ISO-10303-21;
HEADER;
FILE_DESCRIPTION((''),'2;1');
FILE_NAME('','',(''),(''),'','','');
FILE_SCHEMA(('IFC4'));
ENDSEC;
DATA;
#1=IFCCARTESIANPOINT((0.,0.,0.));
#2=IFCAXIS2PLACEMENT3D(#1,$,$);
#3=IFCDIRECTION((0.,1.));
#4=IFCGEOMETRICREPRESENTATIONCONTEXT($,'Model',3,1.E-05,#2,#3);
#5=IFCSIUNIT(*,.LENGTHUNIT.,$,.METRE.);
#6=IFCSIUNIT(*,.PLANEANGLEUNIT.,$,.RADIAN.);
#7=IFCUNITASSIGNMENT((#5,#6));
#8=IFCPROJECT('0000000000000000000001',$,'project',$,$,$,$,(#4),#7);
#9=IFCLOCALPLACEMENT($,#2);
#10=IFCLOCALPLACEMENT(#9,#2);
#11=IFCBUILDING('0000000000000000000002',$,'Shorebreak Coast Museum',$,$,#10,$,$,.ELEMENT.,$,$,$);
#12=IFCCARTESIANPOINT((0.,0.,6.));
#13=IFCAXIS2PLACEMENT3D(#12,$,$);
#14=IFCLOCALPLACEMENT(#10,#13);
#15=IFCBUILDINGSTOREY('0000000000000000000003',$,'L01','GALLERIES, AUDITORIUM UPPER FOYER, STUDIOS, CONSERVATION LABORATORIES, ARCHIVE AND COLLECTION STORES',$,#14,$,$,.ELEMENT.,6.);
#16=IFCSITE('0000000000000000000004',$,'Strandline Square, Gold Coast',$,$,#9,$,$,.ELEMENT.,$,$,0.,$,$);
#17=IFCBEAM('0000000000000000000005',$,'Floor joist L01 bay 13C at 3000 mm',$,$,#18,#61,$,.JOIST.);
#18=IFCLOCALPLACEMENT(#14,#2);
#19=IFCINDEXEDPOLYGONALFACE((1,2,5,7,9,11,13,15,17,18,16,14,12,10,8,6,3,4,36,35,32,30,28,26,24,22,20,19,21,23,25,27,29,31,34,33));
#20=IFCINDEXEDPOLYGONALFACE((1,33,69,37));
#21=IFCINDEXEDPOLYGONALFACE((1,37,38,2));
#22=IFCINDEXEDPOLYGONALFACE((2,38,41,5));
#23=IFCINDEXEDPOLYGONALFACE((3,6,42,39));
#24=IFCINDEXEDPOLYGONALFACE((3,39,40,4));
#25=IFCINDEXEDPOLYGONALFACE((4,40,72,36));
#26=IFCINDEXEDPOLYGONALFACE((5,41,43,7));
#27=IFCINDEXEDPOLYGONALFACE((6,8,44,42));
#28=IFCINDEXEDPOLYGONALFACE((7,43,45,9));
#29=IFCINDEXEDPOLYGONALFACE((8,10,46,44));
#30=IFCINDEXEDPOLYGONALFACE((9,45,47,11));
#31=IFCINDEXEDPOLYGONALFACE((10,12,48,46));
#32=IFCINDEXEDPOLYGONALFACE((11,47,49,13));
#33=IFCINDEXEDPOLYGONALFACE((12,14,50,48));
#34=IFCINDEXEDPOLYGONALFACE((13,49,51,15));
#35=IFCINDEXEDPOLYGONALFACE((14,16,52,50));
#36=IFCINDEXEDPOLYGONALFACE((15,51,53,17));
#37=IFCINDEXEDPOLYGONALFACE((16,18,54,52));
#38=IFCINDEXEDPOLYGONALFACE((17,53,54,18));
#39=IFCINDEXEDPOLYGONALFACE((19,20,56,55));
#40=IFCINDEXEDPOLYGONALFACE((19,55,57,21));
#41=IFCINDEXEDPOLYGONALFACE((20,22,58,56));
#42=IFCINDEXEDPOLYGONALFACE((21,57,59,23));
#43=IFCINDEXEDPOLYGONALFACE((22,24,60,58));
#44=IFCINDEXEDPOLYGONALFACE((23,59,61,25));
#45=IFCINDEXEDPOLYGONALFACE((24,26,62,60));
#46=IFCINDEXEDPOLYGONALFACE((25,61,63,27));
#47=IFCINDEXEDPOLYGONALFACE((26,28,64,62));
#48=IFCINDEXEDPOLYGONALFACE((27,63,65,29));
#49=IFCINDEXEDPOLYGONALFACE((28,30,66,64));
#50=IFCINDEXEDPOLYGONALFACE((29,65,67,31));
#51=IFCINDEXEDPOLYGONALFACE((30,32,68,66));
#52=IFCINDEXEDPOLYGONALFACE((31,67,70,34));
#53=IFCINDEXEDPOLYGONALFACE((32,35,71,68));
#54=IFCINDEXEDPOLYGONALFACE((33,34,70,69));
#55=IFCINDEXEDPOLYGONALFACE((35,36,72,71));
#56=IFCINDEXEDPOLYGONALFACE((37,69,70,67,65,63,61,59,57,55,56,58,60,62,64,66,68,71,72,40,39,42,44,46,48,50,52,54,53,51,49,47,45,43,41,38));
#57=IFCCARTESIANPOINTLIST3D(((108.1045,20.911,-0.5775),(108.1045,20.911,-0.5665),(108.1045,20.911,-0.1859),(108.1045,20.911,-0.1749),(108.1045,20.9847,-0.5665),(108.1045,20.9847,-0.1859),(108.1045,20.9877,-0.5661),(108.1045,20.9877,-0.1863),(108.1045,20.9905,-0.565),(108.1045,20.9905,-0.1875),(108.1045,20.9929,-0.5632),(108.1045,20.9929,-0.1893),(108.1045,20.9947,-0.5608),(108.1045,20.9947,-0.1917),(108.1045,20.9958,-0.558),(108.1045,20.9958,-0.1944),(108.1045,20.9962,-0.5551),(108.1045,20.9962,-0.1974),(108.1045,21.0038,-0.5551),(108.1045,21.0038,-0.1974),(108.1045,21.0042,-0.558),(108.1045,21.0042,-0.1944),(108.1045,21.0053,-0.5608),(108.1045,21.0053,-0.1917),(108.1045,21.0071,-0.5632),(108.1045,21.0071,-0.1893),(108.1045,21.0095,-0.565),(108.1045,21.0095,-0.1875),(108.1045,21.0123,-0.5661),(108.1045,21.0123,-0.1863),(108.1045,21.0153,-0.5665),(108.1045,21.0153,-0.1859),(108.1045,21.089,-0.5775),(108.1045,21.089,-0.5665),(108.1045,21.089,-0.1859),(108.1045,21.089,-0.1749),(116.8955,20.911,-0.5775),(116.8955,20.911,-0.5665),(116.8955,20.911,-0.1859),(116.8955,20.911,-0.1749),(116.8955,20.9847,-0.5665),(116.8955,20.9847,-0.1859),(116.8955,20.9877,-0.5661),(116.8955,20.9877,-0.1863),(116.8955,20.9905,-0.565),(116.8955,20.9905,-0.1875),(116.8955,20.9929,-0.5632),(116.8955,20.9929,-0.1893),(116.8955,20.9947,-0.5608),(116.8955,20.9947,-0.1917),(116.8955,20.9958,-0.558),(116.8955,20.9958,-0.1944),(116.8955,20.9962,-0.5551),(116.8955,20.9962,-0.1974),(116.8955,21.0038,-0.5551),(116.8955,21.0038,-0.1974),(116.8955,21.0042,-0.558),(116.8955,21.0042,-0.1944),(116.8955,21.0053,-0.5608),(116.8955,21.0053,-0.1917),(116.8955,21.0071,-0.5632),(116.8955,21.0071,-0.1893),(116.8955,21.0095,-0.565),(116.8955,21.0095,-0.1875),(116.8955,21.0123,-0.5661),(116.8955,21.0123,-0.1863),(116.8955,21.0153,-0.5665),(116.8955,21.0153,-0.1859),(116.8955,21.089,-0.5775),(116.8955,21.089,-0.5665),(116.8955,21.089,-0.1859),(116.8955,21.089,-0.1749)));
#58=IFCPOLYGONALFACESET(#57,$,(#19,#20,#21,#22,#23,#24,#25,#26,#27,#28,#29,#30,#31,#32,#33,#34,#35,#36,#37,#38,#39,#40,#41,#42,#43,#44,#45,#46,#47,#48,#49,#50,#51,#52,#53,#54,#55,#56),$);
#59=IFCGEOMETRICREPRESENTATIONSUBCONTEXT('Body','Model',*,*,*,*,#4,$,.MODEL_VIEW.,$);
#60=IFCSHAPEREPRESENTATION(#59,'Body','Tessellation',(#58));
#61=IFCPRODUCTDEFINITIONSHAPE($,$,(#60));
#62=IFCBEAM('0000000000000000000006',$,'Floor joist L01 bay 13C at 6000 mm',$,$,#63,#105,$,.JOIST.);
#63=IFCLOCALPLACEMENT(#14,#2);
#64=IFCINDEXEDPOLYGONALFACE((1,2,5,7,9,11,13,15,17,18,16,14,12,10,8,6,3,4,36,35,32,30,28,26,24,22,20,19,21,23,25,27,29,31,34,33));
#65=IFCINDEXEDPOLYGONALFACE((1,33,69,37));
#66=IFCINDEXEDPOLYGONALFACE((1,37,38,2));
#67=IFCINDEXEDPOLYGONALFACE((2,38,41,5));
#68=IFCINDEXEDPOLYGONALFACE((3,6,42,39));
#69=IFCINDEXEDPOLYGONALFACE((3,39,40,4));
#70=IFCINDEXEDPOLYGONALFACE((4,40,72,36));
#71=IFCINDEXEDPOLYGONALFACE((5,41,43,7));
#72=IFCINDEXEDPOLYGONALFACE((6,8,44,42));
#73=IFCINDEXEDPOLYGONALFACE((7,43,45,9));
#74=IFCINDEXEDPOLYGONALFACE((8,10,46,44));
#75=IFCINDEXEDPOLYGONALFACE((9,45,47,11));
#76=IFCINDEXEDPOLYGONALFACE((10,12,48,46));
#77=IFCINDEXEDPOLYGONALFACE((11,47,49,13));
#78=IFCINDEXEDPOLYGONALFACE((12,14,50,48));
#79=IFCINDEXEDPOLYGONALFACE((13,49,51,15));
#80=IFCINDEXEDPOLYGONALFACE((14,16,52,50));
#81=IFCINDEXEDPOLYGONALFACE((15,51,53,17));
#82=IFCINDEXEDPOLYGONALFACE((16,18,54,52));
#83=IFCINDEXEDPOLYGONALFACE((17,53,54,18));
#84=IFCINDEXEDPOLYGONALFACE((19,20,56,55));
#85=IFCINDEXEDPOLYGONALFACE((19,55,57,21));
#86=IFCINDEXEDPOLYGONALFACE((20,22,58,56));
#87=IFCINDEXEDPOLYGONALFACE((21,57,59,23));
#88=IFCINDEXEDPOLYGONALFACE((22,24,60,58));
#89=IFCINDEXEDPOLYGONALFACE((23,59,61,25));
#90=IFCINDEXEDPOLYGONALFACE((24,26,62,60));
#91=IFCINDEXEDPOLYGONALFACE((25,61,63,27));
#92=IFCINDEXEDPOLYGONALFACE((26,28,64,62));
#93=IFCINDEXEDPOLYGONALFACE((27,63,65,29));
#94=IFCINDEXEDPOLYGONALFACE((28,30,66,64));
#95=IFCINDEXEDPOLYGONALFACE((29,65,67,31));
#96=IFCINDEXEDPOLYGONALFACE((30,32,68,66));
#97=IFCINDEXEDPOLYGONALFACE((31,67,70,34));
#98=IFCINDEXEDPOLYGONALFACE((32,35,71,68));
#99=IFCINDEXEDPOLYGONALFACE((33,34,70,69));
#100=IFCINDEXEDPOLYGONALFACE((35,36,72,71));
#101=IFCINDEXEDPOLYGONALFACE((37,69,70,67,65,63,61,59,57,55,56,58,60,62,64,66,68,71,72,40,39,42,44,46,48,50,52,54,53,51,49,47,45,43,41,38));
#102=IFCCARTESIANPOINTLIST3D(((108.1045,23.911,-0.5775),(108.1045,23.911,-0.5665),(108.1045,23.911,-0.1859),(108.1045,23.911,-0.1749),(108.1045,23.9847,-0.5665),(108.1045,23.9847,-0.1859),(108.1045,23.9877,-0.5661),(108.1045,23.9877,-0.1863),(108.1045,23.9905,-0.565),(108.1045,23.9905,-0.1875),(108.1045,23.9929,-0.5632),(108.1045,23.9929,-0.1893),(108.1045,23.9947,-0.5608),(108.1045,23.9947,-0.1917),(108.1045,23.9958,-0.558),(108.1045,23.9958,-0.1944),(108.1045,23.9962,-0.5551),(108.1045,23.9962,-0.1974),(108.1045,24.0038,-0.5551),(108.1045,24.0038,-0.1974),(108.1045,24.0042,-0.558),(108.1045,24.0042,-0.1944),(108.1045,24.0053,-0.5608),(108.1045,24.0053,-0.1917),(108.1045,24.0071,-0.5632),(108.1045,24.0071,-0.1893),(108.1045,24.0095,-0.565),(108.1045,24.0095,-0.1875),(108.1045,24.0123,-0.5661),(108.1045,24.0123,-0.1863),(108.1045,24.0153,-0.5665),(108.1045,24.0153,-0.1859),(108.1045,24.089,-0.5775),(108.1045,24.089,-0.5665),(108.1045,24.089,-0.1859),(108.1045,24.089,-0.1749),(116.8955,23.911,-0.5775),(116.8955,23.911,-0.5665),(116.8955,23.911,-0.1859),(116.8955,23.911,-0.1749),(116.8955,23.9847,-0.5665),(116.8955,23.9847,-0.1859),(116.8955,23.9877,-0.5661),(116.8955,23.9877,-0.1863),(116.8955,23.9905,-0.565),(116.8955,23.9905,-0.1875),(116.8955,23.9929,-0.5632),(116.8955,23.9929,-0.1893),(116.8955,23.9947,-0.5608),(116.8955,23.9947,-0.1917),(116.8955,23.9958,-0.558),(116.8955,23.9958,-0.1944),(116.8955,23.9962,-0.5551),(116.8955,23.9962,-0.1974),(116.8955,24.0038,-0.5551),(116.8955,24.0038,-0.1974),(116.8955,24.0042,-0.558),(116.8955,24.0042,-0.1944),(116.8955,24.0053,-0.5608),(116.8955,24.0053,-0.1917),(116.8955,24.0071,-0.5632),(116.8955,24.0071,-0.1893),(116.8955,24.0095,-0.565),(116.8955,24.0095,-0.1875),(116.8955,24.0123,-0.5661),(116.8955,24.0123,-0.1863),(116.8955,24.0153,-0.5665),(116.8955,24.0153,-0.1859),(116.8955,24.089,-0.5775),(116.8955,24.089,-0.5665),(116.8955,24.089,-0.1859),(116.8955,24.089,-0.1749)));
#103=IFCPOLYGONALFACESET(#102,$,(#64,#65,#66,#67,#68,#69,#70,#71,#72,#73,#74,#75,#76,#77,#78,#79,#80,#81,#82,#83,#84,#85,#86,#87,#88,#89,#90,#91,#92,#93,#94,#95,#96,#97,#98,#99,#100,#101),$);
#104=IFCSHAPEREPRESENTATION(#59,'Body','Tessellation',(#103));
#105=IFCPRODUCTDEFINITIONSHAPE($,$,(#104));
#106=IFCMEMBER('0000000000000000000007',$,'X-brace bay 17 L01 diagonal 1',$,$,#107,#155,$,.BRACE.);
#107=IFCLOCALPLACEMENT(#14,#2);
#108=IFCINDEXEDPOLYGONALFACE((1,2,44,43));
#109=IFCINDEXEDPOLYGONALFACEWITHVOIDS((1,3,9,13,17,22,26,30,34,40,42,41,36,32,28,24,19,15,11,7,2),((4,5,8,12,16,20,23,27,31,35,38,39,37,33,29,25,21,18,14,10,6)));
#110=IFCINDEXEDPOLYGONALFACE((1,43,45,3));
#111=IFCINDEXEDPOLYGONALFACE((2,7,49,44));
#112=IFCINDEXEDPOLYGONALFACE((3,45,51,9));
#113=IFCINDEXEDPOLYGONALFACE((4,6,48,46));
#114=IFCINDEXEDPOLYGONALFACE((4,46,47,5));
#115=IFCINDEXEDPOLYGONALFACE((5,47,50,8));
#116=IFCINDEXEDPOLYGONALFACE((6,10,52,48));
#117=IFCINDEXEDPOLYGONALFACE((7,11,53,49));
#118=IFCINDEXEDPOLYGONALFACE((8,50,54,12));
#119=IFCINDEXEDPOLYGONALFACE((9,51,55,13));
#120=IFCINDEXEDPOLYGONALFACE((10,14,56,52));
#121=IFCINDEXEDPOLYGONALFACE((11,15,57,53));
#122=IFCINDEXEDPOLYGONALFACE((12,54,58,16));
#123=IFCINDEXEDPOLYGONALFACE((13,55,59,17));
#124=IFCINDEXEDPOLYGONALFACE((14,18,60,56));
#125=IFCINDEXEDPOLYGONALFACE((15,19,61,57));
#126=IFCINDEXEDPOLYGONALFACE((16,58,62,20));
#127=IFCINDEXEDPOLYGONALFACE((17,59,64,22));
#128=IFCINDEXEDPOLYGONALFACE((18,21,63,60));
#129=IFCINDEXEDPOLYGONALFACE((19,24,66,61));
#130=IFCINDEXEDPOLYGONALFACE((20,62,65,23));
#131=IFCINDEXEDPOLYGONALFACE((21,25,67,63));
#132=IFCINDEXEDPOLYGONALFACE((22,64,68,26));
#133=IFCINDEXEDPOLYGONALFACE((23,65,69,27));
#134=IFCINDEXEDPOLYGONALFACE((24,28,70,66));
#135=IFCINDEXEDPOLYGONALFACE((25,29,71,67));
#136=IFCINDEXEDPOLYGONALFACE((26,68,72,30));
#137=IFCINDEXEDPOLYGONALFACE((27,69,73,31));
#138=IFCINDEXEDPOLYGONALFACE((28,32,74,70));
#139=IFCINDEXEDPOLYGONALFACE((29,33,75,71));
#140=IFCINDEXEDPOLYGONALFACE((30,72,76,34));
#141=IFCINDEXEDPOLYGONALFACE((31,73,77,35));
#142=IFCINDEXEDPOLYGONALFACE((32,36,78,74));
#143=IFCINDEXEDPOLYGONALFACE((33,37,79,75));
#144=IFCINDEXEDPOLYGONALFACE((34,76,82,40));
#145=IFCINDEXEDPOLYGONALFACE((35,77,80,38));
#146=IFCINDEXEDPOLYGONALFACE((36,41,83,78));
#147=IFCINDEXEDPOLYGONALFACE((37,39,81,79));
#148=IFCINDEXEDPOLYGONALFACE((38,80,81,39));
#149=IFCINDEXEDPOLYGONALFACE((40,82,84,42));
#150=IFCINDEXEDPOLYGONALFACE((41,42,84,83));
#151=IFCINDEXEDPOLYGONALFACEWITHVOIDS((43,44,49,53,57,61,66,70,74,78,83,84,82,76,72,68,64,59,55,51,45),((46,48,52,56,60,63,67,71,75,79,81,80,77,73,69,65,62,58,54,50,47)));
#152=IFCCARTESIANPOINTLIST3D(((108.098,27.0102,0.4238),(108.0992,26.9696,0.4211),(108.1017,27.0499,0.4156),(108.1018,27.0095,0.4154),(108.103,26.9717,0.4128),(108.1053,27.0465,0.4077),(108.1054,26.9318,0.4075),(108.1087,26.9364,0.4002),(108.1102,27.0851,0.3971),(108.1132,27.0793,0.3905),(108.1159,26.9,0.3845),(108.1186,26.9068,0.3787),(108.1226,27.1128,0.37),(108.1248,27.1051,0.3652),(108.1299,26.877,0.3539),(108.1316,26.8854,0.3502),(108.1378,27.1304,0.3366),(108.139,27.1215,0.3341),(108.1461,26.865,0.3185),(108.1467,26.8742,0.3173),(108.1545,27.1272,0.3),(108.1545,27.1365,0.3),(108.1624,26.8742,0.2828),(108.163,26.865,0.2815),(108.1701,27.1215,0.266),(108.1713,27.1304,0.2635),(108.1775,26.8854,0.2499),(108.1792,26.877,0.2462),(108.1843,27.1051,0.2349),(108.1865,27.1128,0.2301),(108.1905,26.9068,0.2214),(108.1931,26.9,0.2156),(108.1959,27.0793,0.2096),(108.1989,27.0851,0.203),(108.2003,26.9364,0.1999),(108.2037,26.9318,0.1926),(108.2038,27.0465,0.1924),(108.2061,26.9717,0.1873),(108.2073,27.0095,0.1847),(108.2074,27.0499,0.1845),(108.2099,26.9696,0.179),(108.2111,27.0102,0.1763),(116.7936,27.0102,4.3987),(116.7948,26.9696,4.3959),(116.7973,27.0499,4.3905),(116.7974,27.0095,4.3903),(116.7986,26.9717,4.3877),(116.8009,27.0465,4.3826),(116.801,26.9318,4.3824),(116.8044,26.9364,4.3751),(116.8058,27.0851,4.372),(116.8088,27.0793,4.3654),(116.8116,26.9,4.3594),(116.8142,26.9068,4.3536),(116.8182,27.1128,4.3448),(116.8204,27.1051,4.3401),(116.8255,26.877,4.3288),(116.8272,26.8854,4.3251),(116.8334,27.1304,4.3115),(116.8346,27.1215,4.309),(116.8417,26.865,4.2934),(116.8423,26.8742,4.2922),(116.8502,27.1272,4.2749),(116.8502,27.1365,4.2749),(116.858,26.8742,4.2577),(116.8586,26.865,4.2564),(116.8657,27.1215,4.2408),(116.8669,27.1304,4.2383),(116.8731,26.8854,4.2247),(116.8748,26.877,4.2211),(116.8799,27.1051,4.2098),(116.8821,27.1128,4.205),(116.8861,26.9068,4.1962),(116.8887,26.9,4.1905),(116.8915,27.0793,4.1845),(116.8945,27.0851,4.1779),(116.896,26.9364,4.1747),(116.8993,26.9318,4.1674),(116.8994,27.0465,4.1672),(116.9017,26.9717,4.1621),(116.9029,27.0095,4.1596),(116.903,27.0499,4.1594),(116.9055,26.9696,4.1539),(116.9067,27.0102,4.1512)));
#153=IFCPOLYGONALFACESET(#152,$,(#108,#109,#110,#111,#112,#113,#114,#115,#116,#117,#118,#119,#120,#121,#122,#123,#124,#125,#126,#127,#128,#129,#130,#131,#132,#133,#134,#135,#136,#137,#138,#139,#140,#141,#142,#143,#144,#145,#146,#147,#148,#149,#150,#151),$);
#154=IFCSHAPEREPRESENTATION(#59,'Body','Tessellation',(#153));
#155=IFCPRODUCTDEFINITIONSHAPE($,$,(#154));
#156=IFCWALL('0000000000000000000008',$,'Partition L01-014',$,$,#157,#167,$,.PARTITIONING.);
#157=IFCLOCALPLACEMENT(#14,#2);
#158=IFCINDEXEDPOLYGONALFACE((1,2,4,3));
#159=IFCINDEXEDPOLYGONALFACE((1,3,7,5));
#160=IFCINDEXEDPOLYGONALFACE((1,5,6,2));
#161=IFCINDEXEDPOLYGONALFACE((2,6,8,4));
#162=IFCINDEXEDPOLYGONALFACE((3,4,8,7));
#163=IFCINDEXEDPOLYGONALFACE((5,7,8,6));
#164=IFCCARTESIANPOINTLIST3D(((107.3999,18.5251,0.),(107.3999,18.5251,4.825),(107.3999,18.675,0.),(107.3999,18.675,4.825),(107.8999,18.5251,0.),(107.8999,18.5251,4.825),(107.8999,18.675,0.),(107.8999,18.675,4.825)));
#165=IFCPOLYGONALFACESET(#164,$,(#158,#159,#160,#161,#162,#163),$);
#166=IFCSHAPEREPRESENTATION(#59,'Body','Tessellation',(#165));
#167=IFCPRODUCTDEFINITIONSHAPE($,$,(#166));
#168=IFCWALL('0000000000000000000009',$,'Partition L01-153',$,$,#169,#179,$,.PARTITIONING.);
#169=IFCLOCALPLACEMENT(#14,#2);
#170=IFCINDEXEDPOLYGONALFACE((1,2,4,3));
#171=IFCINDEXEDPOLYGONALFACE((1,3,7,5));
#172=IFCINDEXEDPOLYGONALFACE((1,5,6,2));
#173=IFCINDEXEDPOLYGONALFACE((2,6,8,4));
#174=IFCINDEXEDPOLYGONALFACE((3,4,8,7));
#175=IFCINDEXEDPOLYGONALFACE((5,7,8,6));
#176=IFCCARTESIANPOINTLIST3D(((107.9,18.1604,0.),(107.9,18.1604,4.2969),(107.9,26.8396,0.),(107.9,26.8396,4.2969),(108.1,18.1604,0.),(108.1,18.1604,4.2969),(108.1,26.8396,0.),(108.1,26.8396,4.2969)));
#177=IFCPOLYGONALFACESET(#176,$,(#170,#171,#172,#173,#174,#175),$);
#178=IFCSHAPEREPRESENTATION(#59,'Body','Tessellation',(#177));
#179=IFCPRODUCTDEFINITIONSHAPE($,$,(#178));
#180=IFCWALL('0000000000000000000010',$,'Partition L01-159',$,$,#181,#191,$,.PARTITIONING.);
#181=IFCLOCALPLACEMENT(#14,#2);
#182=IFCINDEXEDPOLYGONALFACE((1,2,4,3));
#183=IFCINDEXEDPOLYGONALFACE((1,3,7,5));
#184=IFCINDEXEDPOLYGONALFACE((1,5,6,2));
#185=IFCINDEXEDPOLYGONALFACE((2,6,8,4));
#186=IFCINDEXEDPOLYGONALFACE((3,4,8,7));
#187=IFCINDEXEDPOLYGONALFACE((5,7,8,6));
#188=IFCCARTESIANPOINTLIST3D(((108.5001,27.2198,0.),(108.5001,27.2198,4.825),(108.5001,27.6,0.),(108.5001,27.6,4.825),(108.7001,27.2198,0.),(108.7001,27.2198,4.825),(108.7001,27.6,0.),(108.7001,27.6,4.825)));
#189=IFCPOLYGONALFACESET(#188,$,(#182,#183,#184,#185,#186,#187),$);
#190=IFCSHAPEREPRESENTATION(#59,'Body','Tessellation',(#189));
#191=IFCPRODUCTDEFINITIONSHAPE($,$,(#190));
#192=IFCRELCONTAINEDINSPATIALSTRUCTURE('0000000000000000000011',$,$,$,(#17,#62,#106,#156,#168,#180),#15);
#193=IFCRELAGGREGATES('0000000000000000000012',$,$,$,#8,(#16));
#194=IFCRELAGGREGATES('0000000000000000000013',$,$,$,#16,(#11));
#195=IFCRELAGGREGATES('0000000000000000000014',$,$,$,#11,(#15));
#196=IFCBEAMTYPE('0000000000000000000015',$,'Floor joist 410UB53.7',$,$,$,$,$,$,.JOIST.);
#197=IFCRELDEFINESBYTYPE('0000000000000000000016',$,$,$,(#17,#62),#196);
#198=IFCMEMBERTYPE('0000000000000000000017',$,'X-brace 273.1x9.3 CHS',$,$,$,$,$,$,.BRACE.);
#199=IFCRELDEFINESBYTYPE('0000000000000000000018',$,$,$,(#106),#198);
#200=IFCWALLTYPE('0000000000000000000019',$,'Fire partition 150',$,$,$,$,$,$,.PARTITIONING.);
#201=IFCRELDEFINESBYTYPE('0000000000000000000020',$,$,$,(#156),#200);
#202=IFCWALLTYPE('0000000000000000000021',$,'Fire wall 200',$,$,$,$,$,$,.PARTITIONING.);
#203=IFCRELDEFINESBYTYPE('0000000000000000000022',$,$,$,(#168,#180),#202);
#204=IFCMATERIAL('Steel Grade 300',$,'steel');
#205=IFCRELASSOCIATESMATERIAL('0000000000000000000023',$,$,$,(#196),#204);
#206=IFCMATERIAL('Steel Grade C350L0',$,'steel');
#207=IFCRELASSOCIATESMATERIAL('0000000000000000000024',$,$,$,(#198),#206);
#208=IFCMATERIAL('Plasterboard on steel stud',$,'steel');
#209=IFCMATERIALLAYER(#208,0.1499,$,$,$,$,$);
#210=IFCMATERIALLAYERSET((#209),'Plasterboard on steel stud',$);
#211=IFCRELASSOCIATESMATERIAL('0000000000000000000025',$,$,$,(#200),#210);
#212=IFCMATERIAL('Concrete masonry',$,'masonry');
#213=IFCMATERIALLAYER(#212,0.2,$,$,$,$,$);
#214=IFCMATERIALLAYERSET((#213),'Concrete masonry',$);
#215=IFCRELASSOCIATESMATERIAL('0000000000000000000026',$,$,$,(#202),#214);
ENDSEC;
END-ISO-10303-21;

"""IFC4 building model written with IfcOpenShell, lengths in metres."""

from ifc_helpers import new_model, si_unit, direction, frame, frame_2d, origin, origin_2d, place, context, subcontext, project, spatial, rectangle, hollow_circle, i_section, extrude, material, layer, layer_set, material_profile, profile_set, type_object, element, save


model = new_model("IFC4")

# Units and contexts
model_context = context("Model", 3, precision=1e-05, world=origin(), true_north=direction((0.0, 1.0)))
body_context = subcontext(model_context, "Body", "Model", "MODEL_VIEW")
ifc_project = project(units=[si_unit("LENGTHUNIT", "METRE"), si_unit("PLANEANGLEUNIT", "RADIAN")], contexts=[model_context])

# Site, building, storey
site_placement = place(None, origin())
site = spatial("IfcSite", under=ifc_project, at=site_placement, Name="Strandline Square, Gold Coast", CompositionType="ELEMENT", RefElevation=0.0)
building_placement = place(site_placement, origin())
building = spatial("IfcBuilding", under=site, at=building_placement, Name="Shorebreak Coast Museum", CompositionType="ELEMENT")
storey_placement = place(building_placement, frame((0.0, 0.0, 6.0)))
storey = spatial("IfcBuildingStorey", under=building, at=storey_placement, Name="L01", Description="GALLERIES, AUDITORIUM UPPER FOYER, STUDIOS, CONSERVATION LABORATORIES, ARCHIVE AND COLLECTION STORES", CompositionType="ELEMENT", Elevation=6.0)

# Beams
ifc_material_1 = material(Name="Steel Grade 300", Category="steel")
ifc_material_profile_1 = material_profile(ifc_material_1, i_section(OverallWidth=0.178, OverallDepth=0.4026, WebThickness=0.0076, FlangeThickness=0.011, FilletRadius=0.0115, at=origin_2d()), Name="410UB53.7")
ifc_profile_set_1 = profile_set([ifc_material_profile_1], Name="Steel Grade 300")
beam_type_1 = type_object("IfcBeamType", Name="Floor joist 410UB53.7", PredefinedType="JOIST", material=ifc_profile_set_1)
for number, where, z_axis, x_axis, name in (
    (1, (108.1045, 21.0, -0.3762), (1.0, 0.0, 0.0), (0.0, 1.0, 0.0), "Floor joist L01 bay 13C at 3000 mm"),
    (2, (108.1045, 24.0, -0.3762), (1.0, 0.0, 0.0), (0.0, 1.0, 0.0), "Floor joist L01 bay 13C at 6000 mm"),
):
    element("IfcBeam", number, at=place(storey_placement, frame(where, z_axis=z_axis, x_axis=x_axis)), inside=storey, type_object=beam_type_1, Name=name, PredefinedType="JOIST", context=body_context, shape_type="SweptSolid", body=[
        extrude(i_section(OverallWidth=0.178, OverallDepth=0.4026, WebThickness=0.0076, FlangeThickness=0.011, FilletRadius=0.0115, at=origin_2d()), origin(), (0.0, 0.0, 1.0), 8.791),
    ])

# Member
ifc_material_2 = material(Name="Steel Grade C350L0", Category="steel")
ifc_material_profile_2 = material_profile(ifc_material_2, hollow_circle(Radius=0.1365, WallThickness=0.0093, at=origin_2d()), Name="273.1x9.3 CHS")
ifc_profile_set_2 = profile_set([ifc_material_profile_2], Name="Steel Grade C350L0")
member_type = type_object("IfcMemberType", Name="X-brace 273.1x9.3 CHS", PredefinedType="BRACE", material=ifc_profile_set_2)
member_placement = place(storey_placement, frame((108.1545, 27.0, 0.3), z_axis=(0.909485, 0.0, 0.415737), x_axis=(0.0, 1.0, 0.0)))
element("IfcMember", 3, at=member_placement, inside=storey, type_object=member_type, Name="X-brace bay 17 L01 diagonal 1", PredefinedType="BRACE", context=body_context, shape_type="SweptSolid", body=[
    extrude(hollow_circle(Radius=0.1365, WallThickness=0.0093, at=origin_2d()), origin(), (0.0, 0.0, 1.0), 9.561),
])

# Walls
ifc_material_3 = material(Name="Plasterboard on steel stud", Category="steel")
ifc_layer_1 = layer(ifc_material_3, 0.1499)
ifc_layer_set_1 = layer_set([ifc_layer_1], Name="Plasterboard on steel stud")
wall_type_1 = type_object("IfcWallType", Name="Fire partition 150", PredefinedType="PARTITIONING", material=ifc_layer_set_1)
wall_1_placement = place(storey_placement, frame((107.3999, 18.6001, 0.0), z_axis=(0.0, 0.0, 1.0), x_axis=(1.0, 0.0, 0.0)))
element("IfcWall", 4, at=wall_1_placement, inside=storey, type_object=wall_type_1, Name="Partition L01-014", PredefinedType="PARTITIONING", context=body_context, shape_type="SweptSolid", body=[
    extrude(rectangle(XDim=0.5, YDim=0.1499, at=frame_2d((0.25, 0.0))), origin(), (0.0, 0.0, 1.0), 4.825),
])
ifc_material_4 = material(Name="Concrete masonry", Category="masonry")
ifc_layer_2 = layer(ifc_material_4, 0.2)
ifc_layer_set_2 = layer_set([ifc_layer_2], Name="Concrete masonry")
wall_type_2 = type_object("IfcWallType", Name="Fire wall 200", PredefinedType="PARTITIONING", material=ifc_layer_set_2)
wall_2_placement = place(storey_placement, frame((108.0, 18.1604, 0.0), z_axis=(0.0, 0.0, 1.0), x_axis=(0.0, 1.0, 0.0)))
element("IfcWall", 5, at=wall_2_placement, inside=storey, type_object=wall_type_2, Name="Partition L01-153", PredefinedType="PARTITIONING", context=body_context, shape_type="SweptSolid", body=[
    extrude(rectangle(XDim=8.6792, YDim=0.2, at=frame_2d((4.3396, 0.0))), origin(), (0.0, 0.0, 1.0), 4.2969),
])
wall_3_placement = place(storey_placement, frame((108.6001, 27.22, 0.0), z_axis=(0.0, 0.0, 1.0), x_axis=(0.0, 1.0, 0.0)))
element("IfcWall", 6, at=wall_3_placement, inside=storey, type_object=wall_type_2, Name="Partition L01-159", PredefinedType="PARTITIONING", context=body_context, shape_type="SweptSolid", body=[
    extrude(rectangle(XDim=0.3801, YDim=0.2, at=frame_2d((0.1899, 0.0))), origin(), (0.0, 0.0, 1.0), 4.825),
])

save(model, "model.ifc")
